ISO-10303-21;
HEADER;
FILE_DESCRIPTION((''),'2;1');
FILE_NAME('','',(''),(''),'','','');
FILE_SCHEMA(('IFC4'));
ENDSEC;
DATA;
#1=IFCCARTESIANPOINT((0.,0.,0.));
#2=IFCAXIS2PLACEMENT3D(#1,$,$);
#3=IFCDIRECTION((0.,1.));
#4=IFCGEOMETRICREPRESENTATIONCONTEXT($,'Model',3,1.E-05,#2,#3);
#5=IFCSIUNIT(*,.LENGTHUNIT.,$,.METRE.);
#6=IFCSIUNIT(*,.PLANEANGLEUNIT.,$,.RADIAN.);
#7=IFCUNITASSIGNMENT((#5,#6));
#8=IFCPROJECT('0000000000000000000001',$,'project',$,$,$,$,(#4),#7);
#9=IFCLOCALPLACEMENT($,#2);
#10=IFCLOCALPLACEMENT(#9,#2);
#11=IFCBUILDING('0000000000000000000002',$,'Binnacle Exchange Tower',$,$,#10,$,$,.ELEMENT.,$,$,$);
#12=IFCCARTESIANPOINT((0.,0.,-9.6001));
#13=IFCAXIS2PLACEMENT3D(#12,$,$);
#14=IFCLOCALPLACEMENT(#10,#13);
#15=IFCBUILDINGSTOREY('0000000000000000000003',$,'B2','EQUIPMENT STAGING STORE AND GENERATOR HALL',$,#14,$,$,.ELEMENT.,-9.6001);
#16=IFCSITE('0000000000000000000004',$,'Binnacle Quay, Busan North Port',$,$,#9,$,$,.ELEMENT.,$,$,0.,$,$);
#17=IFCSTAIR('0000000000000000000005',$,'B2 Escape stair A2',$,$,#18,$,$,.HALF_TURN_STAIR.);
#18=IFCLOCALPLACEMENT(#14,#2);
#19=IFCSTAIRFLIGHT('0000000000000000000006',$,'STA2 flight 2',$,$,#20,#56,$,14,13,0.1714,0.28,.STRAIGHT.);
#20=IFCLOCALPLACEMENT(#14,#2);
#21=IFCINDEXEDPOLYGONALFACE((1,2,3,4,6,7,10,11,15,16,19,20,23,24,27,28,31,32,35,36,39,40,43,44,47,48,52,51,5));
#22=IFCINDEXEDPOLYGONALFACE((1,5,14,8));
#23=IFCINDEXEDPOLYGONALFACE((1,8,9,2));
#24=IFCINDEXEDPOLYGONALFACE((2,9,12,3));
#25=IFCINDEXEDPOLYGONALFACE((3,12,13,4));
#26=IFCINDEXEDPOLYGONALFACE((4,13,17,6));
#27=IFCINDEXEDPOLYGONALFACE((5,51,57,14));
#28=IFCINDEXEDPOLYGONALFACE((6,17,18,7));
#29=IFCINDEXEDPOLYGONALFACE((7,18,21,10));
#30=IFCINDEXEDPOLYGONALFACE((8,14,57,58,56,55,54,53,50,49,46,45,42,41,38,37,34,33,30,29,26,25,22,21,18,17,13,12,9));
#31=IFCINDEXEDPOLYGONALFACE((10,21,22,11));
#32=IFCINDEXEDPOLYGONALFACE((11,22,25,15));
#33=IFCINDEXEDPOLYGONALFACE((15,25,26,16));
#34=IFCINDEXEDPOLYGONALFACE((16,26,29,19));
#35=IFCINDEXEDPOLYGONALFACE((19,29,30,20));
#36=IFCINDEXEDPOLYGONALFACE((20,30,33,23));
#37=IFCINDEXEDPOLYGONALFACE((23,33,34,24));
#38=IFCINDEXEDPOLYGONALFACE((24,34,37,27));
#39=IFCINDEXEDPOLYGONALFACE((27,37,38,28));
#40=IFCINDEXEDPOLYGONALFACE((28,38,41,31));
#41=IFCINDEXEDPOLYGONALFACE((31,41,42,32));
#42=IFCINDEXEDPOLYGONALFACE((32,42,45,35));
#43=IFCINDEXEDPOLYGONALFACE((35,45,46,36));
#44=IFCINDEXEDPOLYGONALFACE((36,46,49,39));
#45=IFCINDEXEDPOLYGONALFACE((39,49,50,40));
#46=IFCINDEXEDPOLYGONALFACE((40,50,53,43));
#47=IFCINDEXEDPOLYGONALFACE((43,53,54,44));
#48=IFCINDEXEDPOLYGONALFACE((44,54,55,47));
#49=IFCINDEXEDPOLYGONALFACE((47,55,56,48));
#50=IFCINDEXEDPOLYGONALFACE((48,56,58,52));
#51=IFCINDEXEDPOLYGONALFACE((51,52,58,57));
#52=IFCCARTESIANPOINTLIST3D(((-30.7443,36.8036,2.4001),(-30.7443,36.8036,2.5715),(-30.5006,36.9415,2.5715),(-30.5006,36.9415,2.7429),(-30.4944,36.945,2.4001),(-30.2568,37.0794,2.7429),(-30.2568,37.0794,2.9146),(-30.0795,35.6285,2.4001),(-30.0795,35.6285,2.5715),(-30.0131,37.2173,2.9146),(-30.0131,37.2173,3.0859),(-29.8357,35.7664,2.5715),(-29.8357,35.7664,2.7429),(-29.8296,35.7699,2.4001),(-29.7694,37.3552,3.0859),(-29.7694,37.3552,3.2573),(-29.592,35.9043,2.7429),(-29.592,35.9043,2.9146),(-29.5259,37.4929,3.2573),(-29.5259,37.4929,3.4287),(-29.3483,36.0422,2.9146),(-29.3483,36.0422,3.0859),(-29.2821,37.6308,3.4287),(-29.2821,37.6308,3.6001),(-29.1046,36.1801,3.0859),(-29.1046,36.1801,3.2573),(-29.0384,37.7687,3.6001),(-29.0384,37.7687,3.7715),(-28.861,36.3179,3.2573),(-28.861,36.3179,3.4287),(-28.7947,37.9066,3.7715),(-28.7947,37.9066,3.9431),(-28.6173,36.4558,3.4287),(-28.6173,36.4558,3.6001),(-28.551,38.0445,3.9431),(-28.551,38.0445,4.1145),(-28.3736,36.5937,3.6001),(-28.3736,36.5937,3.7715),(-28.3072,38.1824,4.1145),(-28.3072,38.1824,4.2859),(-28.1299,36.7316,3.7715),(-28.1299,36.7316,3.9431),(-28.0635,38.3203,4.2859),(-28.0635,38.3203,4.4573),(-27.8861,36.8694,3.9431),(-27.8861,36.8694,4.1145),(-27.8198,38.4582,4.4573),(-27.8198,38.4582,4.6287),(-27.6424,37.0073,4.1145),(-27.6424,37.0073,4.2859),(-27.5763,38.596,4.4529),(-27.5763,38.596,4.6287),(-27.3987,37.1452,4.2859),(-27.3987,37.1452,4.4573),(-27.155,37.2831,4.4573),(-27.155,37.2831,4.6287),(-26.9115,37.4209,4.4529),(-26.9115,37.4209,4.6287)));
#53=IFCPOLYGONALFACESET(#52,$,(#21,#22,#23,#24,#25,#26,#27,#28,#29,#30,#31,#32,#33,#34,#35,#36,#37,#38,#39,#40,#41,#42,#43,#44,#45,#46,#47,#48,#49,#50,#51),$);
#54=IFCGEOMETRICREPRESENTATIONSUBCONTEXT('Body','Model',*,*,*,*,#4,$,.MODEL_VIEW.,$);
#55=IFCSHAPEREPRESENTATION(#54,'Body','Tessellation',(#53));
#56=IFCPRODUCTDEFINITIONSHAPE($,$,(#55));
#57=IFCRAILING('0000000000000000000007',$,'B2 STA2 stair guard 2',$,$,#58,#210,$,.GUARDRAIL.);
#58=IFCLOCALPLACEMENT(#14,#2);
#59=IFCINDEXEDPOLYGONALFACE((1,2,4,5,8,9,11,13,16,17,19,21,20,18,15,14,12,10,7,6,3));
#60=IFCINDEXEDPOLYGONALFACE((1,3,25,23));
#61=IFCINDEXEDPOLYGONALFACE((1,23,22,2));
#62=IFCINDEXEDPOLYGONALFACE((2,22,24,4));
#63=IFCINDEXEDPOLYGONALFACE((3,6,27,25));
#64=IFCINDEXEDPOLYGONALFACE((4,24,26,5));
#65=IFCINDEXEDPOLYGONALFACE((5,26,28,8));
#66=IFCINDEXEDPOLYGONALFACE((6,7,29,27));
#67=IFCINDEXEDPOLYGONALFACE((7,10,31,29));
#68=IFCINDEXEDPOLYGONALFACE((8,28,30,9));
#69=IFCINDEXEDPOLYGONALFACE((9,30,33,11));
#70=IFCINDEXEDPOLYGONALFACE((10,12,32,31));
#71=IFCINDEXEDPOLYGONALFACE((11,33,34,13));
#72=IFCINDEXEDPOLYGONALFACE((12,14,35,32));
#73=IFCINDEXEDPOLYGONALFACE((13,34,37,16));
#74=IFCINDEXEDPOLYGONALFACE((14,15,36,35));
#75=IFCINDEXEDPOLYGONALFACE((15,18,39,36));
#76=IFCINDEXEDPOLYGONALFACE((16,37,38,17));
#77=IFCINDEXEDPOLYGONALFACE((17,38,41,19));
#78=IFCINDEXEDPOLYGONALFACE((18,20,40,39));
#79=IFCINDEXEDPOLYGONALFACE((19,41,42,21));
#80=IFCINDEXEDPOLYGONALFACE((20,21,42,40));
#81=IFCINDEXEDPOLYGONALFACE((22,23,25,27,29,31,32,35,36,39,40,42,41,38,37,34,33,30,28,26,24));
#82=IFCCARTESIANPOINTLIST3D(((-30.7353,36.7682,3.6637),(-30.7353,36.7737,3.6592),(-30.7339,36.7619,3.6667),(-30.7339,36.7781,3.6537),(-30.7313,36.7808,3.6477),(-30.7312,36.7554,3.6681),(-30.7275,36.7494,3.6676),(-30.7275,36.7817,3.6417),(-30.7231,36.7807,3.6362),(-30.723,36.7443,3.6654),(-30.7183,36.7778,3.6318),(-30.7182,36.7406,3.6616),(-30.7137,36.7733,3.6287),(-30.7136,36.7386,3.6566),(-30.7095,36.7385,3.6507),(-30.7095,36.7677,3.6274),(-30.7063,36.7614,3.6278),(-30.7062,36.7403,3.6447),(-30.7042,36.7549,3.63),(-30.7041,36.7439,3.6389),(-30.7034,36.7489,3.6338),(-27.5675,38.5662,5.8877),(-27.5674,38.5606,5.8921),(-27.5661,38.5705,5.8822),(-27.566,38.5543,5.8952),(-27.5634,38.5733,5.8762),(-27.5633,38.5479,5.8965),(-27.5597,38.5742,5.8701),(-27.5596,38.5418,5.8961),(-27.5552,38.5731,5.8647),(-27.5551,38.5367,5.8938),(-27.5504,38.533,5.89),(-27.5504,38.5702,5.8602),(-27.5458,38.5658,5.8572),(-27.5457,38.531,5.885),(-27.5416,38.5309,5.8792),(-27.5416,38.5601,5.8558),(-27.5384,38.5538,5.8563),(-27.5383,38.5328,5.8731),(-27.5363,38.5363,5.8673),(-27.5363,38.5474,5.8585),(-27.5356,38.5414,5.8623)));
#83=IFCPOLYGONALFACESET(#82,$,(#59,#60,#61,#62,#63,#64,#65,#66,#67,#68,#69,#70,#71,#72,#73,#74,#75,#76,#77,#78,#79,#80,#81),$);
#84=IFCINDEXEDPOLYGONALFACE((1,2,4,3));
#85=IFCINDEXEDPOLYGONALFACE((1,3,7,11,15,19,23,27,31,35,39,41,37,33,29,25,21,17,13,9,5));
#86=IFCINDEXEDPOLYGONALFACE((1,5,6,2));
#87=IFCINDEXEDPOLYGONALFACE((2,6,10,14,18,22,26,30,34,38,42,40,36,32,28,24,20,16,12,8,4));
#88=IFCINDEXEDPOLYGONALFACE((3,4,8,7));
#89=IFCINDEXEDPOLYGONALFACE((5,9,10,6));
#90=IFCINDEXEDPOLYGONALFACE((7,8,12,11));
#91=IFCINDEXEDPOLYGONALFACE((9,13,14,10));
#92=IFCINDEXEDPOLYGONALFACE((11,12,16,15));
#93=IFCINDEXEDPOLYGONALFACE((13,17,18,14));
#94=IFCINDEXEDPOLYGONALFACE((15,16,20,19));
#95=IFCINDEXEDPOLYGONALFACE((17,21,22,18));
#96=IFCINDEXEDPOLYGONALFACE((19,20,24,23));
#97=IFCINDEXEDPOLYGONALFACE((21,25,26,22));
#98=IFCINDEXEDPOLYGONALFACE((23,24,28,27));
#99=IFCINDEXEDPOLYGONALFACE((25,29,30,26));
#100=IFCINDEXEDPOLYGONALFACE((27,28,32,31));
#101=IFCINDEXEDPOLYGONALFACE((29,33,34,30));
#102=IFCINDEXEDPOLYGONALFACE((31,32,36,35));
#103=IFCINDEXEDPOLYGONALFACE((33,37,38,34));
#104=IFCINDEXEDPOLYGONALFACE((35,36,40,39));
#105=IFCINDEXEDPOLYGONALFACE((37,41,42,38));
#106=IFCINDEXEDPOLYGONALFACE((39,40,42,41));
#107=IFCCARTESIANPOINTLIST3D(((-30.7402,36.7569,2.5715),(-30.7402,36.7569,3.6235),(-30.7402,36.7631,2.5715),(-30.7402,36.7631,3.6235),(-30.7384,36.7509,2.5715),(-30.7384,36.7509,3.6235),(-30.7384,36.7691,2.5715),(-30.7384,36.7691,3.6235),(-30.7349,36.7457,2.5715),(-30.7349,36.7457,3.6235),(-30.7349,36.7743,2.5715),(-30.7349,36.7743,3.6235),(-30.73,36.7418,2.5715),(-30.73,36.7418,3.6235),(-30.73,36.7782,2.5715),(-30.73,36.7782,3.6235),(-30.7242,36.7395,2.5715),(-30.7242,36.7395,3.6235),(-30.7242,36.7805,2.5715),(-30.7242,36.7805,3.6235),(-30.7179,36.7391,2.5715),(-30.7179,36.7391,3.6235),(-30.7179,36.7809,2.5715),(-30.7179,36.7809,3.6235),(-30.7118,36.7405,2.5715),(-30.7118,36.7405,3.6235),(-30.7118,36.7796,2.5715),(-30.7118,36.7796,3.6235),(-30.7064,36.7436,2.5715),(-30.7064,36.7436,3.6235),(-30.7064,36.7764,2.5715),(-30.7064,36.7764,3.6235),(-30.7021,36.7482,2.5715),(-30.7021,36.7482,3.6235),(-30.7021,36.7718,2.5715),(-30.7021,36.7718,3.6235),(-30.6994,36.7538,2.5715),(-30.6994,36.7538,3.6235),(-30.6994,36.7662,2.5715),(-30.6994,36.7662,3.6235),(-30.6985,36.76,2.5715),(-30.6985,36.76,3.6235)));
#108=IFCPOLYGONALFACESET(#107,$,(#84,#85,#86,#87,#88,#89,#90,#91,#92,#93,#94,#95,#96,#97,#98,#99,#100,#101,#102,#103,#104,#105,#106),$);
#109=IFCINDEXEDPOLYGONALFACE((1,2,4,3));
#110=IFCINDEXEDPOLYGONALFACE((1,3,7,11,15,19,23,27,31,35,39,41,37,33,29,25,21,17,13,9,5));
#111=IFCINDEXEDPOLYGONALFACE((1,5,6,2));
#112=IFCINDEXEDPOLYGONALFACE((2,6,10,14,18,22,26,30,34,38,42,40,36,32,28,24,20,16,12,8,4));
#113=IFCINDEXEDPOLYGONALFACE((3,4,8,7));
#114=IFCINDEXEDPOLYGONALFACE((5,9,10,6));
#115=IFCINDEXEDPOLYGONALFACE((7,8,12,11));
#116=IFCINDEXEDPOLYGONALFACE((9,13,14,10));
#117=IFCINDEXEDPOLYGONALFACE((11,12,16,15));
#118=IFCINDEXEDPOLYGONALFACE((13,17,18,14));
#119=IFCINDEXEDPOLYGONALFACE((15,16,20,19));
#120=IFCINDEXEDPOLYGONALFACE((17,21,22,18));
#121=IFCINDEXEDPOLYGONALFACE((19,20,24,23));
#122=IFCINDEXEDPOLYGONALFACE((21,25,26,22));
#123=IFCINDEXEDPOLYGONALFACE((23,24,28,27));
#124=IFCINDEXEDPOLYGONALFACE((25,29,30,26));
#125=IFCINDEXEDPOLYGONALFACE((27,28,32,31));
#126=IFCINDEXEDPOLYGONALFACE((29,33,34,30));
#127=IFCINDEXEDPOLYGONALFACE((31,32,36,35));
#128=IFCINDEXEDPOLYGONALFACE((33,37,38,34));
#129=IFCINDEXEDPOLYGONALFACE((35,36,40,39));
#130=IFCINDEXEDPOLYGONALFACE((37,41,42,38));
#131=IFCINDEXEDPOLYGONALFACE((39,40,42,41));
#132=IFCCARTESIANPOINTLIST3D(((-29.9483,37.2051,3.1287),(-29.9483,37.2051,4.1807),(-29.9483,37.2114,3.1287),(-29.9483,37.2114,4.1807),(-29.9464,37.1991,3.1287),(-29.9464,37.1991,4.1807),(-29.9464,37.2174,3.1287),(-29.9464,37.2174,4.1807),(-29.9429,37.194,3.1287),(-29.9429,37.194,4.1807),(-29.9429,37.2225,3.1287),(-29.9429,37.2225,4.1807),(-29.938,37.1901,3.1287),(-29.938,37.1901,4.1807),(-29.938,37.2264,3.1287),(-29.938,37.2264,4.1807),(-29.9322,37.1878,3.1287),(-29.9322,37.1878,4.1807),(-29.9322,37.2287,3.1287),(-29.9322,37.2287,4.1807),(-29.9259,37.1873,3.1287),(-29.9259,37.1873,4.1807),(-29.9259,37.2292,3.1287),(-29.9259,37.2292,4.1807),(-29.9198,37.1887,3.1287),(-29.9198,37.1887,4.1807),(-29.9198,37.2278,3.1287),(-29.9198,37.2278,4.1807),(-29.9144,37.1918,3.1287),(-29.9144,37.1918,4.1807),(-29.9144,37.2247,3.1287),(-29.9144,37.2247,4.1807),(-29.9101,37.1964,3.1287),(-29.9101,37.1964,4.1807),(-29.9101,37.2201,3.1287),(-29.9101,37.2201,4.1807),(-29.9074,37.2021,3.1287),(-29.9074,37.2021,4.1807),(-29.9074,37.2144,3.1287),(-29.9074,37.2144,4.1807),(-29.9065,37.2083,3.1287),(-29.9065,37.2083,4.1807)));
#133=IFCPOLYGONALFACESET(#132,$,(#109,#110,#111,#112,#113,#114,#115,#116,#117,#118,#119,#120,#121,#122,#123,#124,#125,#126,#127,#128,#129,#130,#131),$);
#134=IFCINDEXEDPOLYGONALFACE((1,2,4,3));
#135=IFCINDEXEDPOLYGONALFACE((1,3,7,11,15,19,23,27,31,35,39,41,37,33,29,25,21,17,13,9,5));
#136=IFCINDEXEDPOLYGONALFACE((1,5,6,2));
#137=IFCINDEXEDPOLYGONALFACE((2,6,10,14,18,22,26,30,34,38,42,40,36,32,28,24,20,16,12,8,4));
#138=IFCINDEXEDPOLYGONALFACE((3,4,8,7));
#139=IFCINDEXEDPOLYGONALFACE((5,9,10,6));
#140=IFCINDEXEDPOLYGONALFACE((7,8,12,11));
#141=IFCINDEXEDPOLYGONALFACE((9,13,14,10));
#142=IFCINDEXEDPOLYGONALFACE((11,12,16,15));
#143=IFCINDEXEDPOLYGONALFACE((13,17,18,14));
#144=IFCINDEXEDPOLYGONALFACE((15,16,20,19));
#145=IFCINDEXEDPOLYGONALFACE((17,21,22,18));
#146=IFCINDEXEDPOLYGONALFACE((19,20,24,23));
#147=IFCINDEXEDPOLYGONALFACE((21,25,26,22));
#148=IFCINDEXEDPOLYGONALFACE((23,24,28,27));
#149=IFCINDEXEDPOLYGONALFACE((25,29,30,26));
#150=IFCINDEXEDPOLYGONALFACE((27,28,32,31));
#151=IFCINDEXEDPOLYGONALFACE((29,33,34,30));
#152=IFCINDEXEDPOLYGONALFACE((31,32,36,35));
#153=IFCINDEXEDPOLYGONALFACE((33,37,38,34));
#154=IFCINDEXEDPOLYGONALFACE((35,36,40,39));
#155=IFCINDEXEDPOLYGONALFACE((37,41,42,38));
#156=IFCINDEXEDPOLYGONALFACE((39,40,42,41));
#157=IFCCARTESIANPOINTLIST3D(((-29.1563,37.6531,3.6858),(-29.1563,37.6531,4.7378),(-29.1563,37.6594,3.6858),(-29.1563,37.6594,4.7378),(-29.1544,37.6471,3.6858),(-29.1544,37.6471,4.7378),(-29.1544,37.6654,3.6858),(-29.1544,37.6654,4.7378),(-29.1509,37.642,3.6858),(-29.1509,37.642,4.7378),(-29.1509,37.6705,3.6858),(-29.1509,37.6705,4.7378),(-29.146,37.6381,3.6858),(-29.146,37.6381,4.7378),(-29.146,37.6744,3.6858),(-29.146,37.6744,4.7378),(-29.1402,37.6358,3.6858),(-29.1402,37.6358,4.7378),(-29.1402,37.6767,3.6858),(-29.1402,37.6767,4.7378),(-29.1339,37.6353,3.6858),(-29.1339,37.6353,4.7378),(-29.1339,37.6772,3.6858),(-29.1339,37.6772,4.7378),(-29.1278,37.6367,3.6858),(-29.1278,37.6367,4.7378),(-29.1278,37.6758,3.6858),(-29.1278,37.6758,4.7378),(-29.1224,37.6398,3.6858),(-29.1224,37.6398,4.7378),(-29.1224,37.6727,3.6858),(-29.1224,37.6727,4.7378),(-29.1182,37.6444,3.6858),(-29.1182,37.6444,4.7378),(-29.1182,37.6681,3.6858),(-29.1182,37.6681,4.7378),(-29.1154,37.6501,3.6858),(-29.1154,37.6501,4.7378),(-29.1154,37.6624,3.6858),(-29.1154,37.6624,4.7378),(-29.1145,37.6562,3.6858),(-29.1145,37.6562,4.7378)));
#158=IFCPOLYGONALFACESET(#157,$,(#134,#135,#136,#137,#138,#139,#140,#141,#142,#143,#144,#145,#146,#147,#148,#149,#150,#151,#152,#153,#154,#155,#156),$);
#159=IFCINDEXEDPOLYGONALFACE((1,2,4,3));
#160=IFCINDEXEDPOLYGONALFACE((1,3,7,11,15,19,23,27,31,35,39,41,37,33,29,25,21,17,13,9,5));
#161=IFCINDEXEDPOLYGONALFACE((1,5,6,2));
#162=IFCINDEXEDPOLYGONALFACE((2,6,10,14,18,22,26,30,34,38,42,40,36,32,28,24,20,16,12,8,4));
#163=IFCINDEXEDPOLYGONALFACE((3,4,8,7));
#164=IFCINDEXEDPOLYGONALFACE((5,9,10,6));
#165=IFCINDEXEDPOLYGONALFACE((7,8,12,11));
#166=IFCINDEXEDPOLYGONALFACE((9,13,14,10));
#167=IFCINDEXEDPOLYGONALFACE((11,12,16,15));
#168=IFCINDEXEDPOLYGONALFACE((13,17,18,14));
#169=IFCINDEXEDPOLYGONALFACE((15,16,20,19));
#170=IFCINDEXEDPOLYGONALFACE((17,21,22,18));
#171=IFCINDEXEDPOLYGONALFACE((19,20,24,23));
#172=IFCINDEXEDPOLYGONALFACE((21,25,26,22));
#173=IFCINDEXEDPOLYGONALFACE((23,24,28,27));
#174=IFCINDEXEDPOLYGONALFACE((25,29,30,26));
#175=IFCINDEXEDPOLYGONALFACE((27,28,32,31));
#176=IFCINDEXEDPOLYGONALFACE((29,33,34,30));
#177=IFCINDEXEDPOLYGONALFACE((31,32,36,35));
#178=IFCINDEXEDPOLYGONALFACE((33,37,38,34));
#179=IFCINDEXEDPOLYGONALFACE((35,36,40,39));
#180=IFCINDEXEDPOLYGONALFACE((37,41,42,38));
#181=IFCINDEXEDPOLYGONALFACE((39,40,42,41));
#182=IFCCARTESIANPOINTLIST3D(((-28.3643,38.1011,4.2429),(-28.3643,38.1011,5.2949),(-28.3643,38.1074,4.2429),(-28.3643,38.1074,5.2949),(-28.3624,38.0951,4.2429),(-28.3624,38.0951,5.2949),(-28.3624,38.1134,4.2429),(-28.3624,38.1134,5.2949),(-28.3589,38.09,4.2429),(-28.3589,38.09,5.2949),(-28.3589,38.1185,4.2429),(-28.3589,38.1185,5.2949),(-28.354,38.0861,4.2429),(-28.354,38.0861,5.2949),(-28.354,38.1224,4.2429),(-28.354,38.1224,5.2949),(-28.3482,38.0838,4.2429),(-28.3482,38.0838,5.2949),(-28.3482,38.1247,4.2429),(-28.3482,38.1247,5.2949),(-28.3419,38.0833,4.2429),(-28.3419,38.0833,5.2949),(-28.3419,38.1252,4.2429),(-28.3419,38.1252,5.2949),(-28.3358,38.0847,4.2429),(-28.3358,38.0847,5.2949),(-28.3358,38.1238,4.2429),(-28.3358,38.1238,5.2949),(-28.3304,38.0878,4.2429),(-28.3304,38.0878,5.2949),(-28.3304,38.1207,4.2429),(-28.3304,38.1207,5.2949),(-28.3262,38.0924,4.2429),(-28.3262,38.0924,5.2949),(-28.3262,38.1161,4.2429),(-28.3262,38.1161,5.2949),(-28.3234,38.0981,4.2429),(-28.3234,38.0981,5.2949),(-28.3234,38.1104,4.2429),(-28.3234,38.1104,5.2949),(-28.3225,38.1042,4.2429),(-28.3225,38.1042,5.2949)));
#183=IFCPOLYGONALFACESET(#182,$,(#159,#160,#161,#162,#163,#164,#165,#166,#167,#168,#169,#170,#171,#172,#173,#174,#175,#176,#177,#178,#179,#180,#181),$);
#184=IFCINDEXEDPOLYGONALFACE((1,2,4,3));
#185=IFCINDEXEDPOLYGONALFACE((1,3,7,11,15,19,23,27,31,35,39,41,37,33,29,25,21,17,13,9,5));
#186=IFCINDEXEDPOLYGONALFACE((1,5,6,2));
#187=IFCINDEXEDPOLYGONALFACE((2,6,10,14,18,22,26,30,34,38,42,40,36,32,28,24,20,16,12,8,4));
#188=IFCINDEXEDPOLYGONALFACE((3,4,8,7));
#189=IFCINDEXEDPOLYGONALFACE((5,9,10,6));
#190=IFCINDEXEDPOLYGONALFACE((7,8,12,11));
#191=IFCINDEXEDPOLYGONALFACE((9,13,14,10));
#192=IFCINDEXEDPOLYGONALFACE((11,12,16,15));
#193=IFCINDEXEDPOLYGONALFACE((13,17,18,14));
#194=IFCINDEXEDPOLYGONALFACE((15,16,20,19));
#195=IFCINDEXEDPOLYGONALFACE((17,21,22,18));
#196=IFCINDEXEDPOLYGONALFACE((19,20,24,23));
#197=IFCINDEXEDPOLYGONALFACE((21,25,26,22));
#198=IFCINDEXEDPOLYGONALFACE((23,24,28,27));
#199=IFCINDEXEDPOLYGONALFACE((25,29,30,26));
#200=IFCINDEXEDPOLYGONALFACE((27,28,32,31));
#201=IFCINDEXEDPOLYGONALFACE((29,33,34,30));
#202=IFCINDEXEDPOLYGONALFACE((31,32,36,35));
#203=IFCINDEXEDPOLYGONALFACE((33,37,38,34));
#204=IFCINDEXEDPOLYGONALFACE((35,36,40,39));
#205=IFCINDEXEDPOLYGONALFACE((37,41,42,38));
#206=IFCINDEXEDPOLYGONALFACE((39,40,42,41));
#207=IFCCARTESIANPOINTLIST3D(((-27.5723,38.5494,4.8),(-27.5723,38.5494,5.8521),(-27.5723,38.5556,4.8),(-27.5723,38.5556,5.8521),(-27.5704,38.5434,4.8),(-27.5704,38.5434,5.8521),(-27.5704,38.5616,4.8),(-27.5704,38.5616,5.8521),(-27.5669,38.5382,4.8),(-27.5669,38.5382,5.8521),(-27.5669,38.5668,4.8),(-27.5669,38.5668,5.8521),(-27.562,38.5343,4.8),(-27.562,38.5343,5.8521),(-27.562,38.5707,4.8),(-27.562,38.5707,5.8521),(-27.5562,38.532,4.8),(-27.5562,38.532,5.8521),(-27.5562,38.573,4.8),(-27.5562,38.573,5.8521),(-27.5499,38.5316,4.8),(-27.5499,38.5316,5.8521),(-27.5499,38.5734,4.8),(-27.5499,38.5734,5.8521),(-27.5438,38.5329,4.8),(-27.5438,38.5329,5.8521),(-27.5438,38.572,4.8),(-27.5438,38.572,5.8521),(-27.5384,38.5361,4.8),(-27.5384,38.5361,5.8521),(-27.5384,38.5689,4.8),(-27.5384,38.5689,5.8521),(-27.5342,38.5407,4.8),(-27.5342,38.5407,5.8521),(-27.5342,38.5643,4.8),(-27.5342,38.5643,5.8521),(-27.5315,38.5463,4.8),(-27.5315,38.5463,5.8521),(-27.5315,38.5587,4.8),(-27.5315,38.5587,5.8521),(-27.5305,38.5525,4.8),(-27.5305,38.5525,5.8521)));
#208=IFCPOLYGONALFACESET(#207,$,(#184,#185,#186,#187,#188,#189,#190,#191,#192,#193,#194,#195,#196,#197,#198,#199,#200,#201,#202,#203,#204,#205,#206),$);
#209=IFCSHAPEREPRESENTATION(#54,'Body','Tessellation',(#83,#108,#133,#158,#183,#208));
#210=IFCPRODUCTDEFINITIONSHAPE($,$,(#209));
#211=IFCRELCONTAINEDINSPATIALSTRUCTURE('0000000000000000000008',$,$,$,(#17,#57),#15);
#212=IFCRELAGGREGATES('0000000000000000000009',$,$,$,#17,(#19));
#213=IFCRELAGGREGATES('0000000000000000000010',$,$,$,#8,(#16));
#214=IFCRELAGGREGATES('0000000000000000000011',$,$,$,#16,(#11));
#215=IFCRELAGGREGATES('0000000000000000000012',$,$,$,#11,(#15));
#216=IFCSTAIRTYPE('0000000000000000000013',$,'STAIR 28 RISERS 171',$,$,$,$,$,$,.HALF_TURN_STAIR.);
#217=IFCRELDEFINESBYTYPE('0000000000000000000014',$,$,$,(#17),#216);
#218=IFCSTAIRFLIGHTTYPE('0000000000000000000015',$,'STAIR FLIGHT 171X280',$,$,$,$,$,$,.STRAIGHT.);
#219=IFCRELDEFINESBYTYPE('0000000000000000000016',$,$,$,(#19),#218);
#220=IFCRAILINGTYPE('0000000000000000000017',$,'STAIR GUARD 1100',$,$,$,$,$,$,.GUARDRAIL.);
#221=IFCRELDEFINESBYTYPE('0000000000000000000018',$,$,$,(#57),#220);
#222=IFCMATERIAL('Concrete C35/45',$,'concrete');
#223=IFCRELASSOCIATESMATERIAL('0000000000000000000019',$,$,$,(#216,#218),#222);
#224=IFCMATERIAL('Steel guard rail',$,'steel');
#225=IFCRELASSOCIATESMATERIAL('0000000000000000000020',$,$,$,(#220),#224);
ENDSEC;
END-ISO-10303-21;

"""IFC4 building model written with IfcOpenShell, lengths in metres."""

from ifc_helpers import new_model, si_unit, direction, frame, origin, origin_2d, place, context, subcontext, project, spatial, polyline, circle, outline, extrude, material, type_object, element, aggregate, save


model = new_model("IFC4")

# Units and contexts
model_context = context("Model", 3, precision=1e-05, world=origin(), true_north=direction((0.0, 1.0)))
body_context = subcontext(model_context, "Body", "Model", "MODEL_VIEW")
ifc_project = project(units=[si_unit("LENGTHUNIT", "METRE"), si_unit("PLANEANGLEUNIT", "RADIAN")], contexts=[model_context])

# Site, building, storey
site_placement = place(None, origin())
site = spatial("IfcSite", under=ifc_project, at=site_placement, Name="Binnacle Quay, Busan North Port", CompositionType="ELEMENT", RefElevation=0.0)
building_placement = place(site_placement, origin())
building = spatial("IfcBuilding", under=site, at=building_placement, Name="Binnacle Exchange Tower", CompositionType="ELEMENT")
storey_placement = place(building_placement, frame((0.0, 0.0, -9.6001)))
storey = spatial("IfcBuildingStorey", under=building, at=storey_placement, Name="B2", Description="EQUIPMENT STAGING STORE AND GENERATOR HALL", CompositionType="ELEMENT", Elevation=-9.6001)

# Stair, stair flight
ifc_material_1 = material(Name="Concrete C35/45", Category="concrete")
stair_type = type_object("IfcStairType", Name="STAIR 28 RISERS 171", PredefinedType="HALF_TURN_STAIR", material=ifc_material_1)
stair_placement = place(storey_placement, origin())
stair = element("IfcStair", 1, at=stair_placement, inside=storey, type_object=stair_type, Name="B2 Escape stair A2", PredefinedType="HALF_TURN_STAIR")
stair_flight_type = type_object("IfcStairFlightType", Name="STAIR FLIGHT 171X280", PredefinedType="STRAIGHT", material=ifc_material_1)
stair_flight_1_placement = place(storey_placement, frame((-30.4119, 36.2161, 2.4001), z_axis=(0.0, 0.0, 1.0), x_axis=(0.870356, 0.492424, 0.0)))
stair_flight_1 = element("IfcStairFlight", 2, at=stair_flight_1_placement, type_object=stair_flight_type, Name="STA2 flight 2", NumberOfRisers=14, NumberOfTreads=13, PredefinedType="STRAIGHT", RiserHeight=0.1714, TreadLength=0.28, context=body_context, shape_type="SweptSolid", body=[
    extrude(outline(polyline([(0.0, 0.0), (0.0, 0.1714), (0.28, 0.1714), (0.28, 0.3428), (0.5601, 0.3428), (0.5601, 0.5144), (0.8401, 0.5144), (0.8401, 0.6858), (1.1201, 0.6858), (1.1201, 0.8572), (1.3999, 0.8572), (1.3999, 1.0286), (1.6799, 1.0286), (1.6799, 1.2), (1.96, 1.2), (1.96, 1.3713), (2.24, 1.3713), (2.24, 1.543), (2.52, 1.543), (2.52, 1.7144), (2.8, 1.7144), (2.8, 1.8857), (3.0801, 1.8857), (3.0801, 2.0571), (3.3601, 2.0571), (3.3601, 2.2285), (3.6399, 2.2285), (3.6399, 2.3999), (3.6399, 2.0527), (0.2871, 0.0), (0.0, 0.0)])), frame((0.0, 0.675, 0.0), z_axis=(0.0, -1.0, 0.0), x_axis=(1.0, 0.0, 0.0)), (0.0, 0.0, 1.0), 1.3501),
])
aggregate(stair, [stair_flight_1])

# Railing
ifc_material_2 = material(Name="Steel guard rail", Category="steel")
railing_type_1 = type_object("IfcRailingType", Name="STAIR GUARD 1100", PredefinedType="GUARDRAIL", material=ifc_material_2)
railing_1_placement = place(storey_placement, frame((-30.7195, 36.76, 2.5715)))
element("IfcRailing", 3, at=railing_1_placement, inside=storey, type_object=railing_type_1, Name="B2 STA2 stair guard 2", PredefinedType="GUARDRAIL", context=body_context, shape_type="SweptSolid", body=[
    extrude(circle(Radius=0.0239, at=origin_2d()), frame((0.0, 0.0, 1.0762), z_axis=(0.742272, 0.419987, 0.522153), x_axis=(-0.492451, 0.87034, 0.0)), (0.0, 0.0, 1.0), 4.2678),
    extrude(circle(Radius=0.021, at=origin_2d()), origin(), (0.0, 0.0, 1.0), 1.052),
    extrude(circle(Radius=0.021, at=origin_2d()), frame((0.792, 0.4482, 0.5571)), (0.0, 0.0, 1.0), 1.052),
    extrude(circle(Radius=0.021, at=origin_2d()), frame((1.584, 0.8962, 1.1143)), (0.0, 0.0, 1.0), 1.052),
    extrude(circle(Radius=0.021, at=origin_2d()), frame((2.376, 1.3442, 1.6714)), (0.0, 0.0, 1.0), 1.052),
    extrude(circle(Radius=0.021, at=origin_2d()), frame((3.168, 1.7925, 2.2285)), (0.0, 0.0, 1.0), 1.052),
])

save(model, "model.ifc")
